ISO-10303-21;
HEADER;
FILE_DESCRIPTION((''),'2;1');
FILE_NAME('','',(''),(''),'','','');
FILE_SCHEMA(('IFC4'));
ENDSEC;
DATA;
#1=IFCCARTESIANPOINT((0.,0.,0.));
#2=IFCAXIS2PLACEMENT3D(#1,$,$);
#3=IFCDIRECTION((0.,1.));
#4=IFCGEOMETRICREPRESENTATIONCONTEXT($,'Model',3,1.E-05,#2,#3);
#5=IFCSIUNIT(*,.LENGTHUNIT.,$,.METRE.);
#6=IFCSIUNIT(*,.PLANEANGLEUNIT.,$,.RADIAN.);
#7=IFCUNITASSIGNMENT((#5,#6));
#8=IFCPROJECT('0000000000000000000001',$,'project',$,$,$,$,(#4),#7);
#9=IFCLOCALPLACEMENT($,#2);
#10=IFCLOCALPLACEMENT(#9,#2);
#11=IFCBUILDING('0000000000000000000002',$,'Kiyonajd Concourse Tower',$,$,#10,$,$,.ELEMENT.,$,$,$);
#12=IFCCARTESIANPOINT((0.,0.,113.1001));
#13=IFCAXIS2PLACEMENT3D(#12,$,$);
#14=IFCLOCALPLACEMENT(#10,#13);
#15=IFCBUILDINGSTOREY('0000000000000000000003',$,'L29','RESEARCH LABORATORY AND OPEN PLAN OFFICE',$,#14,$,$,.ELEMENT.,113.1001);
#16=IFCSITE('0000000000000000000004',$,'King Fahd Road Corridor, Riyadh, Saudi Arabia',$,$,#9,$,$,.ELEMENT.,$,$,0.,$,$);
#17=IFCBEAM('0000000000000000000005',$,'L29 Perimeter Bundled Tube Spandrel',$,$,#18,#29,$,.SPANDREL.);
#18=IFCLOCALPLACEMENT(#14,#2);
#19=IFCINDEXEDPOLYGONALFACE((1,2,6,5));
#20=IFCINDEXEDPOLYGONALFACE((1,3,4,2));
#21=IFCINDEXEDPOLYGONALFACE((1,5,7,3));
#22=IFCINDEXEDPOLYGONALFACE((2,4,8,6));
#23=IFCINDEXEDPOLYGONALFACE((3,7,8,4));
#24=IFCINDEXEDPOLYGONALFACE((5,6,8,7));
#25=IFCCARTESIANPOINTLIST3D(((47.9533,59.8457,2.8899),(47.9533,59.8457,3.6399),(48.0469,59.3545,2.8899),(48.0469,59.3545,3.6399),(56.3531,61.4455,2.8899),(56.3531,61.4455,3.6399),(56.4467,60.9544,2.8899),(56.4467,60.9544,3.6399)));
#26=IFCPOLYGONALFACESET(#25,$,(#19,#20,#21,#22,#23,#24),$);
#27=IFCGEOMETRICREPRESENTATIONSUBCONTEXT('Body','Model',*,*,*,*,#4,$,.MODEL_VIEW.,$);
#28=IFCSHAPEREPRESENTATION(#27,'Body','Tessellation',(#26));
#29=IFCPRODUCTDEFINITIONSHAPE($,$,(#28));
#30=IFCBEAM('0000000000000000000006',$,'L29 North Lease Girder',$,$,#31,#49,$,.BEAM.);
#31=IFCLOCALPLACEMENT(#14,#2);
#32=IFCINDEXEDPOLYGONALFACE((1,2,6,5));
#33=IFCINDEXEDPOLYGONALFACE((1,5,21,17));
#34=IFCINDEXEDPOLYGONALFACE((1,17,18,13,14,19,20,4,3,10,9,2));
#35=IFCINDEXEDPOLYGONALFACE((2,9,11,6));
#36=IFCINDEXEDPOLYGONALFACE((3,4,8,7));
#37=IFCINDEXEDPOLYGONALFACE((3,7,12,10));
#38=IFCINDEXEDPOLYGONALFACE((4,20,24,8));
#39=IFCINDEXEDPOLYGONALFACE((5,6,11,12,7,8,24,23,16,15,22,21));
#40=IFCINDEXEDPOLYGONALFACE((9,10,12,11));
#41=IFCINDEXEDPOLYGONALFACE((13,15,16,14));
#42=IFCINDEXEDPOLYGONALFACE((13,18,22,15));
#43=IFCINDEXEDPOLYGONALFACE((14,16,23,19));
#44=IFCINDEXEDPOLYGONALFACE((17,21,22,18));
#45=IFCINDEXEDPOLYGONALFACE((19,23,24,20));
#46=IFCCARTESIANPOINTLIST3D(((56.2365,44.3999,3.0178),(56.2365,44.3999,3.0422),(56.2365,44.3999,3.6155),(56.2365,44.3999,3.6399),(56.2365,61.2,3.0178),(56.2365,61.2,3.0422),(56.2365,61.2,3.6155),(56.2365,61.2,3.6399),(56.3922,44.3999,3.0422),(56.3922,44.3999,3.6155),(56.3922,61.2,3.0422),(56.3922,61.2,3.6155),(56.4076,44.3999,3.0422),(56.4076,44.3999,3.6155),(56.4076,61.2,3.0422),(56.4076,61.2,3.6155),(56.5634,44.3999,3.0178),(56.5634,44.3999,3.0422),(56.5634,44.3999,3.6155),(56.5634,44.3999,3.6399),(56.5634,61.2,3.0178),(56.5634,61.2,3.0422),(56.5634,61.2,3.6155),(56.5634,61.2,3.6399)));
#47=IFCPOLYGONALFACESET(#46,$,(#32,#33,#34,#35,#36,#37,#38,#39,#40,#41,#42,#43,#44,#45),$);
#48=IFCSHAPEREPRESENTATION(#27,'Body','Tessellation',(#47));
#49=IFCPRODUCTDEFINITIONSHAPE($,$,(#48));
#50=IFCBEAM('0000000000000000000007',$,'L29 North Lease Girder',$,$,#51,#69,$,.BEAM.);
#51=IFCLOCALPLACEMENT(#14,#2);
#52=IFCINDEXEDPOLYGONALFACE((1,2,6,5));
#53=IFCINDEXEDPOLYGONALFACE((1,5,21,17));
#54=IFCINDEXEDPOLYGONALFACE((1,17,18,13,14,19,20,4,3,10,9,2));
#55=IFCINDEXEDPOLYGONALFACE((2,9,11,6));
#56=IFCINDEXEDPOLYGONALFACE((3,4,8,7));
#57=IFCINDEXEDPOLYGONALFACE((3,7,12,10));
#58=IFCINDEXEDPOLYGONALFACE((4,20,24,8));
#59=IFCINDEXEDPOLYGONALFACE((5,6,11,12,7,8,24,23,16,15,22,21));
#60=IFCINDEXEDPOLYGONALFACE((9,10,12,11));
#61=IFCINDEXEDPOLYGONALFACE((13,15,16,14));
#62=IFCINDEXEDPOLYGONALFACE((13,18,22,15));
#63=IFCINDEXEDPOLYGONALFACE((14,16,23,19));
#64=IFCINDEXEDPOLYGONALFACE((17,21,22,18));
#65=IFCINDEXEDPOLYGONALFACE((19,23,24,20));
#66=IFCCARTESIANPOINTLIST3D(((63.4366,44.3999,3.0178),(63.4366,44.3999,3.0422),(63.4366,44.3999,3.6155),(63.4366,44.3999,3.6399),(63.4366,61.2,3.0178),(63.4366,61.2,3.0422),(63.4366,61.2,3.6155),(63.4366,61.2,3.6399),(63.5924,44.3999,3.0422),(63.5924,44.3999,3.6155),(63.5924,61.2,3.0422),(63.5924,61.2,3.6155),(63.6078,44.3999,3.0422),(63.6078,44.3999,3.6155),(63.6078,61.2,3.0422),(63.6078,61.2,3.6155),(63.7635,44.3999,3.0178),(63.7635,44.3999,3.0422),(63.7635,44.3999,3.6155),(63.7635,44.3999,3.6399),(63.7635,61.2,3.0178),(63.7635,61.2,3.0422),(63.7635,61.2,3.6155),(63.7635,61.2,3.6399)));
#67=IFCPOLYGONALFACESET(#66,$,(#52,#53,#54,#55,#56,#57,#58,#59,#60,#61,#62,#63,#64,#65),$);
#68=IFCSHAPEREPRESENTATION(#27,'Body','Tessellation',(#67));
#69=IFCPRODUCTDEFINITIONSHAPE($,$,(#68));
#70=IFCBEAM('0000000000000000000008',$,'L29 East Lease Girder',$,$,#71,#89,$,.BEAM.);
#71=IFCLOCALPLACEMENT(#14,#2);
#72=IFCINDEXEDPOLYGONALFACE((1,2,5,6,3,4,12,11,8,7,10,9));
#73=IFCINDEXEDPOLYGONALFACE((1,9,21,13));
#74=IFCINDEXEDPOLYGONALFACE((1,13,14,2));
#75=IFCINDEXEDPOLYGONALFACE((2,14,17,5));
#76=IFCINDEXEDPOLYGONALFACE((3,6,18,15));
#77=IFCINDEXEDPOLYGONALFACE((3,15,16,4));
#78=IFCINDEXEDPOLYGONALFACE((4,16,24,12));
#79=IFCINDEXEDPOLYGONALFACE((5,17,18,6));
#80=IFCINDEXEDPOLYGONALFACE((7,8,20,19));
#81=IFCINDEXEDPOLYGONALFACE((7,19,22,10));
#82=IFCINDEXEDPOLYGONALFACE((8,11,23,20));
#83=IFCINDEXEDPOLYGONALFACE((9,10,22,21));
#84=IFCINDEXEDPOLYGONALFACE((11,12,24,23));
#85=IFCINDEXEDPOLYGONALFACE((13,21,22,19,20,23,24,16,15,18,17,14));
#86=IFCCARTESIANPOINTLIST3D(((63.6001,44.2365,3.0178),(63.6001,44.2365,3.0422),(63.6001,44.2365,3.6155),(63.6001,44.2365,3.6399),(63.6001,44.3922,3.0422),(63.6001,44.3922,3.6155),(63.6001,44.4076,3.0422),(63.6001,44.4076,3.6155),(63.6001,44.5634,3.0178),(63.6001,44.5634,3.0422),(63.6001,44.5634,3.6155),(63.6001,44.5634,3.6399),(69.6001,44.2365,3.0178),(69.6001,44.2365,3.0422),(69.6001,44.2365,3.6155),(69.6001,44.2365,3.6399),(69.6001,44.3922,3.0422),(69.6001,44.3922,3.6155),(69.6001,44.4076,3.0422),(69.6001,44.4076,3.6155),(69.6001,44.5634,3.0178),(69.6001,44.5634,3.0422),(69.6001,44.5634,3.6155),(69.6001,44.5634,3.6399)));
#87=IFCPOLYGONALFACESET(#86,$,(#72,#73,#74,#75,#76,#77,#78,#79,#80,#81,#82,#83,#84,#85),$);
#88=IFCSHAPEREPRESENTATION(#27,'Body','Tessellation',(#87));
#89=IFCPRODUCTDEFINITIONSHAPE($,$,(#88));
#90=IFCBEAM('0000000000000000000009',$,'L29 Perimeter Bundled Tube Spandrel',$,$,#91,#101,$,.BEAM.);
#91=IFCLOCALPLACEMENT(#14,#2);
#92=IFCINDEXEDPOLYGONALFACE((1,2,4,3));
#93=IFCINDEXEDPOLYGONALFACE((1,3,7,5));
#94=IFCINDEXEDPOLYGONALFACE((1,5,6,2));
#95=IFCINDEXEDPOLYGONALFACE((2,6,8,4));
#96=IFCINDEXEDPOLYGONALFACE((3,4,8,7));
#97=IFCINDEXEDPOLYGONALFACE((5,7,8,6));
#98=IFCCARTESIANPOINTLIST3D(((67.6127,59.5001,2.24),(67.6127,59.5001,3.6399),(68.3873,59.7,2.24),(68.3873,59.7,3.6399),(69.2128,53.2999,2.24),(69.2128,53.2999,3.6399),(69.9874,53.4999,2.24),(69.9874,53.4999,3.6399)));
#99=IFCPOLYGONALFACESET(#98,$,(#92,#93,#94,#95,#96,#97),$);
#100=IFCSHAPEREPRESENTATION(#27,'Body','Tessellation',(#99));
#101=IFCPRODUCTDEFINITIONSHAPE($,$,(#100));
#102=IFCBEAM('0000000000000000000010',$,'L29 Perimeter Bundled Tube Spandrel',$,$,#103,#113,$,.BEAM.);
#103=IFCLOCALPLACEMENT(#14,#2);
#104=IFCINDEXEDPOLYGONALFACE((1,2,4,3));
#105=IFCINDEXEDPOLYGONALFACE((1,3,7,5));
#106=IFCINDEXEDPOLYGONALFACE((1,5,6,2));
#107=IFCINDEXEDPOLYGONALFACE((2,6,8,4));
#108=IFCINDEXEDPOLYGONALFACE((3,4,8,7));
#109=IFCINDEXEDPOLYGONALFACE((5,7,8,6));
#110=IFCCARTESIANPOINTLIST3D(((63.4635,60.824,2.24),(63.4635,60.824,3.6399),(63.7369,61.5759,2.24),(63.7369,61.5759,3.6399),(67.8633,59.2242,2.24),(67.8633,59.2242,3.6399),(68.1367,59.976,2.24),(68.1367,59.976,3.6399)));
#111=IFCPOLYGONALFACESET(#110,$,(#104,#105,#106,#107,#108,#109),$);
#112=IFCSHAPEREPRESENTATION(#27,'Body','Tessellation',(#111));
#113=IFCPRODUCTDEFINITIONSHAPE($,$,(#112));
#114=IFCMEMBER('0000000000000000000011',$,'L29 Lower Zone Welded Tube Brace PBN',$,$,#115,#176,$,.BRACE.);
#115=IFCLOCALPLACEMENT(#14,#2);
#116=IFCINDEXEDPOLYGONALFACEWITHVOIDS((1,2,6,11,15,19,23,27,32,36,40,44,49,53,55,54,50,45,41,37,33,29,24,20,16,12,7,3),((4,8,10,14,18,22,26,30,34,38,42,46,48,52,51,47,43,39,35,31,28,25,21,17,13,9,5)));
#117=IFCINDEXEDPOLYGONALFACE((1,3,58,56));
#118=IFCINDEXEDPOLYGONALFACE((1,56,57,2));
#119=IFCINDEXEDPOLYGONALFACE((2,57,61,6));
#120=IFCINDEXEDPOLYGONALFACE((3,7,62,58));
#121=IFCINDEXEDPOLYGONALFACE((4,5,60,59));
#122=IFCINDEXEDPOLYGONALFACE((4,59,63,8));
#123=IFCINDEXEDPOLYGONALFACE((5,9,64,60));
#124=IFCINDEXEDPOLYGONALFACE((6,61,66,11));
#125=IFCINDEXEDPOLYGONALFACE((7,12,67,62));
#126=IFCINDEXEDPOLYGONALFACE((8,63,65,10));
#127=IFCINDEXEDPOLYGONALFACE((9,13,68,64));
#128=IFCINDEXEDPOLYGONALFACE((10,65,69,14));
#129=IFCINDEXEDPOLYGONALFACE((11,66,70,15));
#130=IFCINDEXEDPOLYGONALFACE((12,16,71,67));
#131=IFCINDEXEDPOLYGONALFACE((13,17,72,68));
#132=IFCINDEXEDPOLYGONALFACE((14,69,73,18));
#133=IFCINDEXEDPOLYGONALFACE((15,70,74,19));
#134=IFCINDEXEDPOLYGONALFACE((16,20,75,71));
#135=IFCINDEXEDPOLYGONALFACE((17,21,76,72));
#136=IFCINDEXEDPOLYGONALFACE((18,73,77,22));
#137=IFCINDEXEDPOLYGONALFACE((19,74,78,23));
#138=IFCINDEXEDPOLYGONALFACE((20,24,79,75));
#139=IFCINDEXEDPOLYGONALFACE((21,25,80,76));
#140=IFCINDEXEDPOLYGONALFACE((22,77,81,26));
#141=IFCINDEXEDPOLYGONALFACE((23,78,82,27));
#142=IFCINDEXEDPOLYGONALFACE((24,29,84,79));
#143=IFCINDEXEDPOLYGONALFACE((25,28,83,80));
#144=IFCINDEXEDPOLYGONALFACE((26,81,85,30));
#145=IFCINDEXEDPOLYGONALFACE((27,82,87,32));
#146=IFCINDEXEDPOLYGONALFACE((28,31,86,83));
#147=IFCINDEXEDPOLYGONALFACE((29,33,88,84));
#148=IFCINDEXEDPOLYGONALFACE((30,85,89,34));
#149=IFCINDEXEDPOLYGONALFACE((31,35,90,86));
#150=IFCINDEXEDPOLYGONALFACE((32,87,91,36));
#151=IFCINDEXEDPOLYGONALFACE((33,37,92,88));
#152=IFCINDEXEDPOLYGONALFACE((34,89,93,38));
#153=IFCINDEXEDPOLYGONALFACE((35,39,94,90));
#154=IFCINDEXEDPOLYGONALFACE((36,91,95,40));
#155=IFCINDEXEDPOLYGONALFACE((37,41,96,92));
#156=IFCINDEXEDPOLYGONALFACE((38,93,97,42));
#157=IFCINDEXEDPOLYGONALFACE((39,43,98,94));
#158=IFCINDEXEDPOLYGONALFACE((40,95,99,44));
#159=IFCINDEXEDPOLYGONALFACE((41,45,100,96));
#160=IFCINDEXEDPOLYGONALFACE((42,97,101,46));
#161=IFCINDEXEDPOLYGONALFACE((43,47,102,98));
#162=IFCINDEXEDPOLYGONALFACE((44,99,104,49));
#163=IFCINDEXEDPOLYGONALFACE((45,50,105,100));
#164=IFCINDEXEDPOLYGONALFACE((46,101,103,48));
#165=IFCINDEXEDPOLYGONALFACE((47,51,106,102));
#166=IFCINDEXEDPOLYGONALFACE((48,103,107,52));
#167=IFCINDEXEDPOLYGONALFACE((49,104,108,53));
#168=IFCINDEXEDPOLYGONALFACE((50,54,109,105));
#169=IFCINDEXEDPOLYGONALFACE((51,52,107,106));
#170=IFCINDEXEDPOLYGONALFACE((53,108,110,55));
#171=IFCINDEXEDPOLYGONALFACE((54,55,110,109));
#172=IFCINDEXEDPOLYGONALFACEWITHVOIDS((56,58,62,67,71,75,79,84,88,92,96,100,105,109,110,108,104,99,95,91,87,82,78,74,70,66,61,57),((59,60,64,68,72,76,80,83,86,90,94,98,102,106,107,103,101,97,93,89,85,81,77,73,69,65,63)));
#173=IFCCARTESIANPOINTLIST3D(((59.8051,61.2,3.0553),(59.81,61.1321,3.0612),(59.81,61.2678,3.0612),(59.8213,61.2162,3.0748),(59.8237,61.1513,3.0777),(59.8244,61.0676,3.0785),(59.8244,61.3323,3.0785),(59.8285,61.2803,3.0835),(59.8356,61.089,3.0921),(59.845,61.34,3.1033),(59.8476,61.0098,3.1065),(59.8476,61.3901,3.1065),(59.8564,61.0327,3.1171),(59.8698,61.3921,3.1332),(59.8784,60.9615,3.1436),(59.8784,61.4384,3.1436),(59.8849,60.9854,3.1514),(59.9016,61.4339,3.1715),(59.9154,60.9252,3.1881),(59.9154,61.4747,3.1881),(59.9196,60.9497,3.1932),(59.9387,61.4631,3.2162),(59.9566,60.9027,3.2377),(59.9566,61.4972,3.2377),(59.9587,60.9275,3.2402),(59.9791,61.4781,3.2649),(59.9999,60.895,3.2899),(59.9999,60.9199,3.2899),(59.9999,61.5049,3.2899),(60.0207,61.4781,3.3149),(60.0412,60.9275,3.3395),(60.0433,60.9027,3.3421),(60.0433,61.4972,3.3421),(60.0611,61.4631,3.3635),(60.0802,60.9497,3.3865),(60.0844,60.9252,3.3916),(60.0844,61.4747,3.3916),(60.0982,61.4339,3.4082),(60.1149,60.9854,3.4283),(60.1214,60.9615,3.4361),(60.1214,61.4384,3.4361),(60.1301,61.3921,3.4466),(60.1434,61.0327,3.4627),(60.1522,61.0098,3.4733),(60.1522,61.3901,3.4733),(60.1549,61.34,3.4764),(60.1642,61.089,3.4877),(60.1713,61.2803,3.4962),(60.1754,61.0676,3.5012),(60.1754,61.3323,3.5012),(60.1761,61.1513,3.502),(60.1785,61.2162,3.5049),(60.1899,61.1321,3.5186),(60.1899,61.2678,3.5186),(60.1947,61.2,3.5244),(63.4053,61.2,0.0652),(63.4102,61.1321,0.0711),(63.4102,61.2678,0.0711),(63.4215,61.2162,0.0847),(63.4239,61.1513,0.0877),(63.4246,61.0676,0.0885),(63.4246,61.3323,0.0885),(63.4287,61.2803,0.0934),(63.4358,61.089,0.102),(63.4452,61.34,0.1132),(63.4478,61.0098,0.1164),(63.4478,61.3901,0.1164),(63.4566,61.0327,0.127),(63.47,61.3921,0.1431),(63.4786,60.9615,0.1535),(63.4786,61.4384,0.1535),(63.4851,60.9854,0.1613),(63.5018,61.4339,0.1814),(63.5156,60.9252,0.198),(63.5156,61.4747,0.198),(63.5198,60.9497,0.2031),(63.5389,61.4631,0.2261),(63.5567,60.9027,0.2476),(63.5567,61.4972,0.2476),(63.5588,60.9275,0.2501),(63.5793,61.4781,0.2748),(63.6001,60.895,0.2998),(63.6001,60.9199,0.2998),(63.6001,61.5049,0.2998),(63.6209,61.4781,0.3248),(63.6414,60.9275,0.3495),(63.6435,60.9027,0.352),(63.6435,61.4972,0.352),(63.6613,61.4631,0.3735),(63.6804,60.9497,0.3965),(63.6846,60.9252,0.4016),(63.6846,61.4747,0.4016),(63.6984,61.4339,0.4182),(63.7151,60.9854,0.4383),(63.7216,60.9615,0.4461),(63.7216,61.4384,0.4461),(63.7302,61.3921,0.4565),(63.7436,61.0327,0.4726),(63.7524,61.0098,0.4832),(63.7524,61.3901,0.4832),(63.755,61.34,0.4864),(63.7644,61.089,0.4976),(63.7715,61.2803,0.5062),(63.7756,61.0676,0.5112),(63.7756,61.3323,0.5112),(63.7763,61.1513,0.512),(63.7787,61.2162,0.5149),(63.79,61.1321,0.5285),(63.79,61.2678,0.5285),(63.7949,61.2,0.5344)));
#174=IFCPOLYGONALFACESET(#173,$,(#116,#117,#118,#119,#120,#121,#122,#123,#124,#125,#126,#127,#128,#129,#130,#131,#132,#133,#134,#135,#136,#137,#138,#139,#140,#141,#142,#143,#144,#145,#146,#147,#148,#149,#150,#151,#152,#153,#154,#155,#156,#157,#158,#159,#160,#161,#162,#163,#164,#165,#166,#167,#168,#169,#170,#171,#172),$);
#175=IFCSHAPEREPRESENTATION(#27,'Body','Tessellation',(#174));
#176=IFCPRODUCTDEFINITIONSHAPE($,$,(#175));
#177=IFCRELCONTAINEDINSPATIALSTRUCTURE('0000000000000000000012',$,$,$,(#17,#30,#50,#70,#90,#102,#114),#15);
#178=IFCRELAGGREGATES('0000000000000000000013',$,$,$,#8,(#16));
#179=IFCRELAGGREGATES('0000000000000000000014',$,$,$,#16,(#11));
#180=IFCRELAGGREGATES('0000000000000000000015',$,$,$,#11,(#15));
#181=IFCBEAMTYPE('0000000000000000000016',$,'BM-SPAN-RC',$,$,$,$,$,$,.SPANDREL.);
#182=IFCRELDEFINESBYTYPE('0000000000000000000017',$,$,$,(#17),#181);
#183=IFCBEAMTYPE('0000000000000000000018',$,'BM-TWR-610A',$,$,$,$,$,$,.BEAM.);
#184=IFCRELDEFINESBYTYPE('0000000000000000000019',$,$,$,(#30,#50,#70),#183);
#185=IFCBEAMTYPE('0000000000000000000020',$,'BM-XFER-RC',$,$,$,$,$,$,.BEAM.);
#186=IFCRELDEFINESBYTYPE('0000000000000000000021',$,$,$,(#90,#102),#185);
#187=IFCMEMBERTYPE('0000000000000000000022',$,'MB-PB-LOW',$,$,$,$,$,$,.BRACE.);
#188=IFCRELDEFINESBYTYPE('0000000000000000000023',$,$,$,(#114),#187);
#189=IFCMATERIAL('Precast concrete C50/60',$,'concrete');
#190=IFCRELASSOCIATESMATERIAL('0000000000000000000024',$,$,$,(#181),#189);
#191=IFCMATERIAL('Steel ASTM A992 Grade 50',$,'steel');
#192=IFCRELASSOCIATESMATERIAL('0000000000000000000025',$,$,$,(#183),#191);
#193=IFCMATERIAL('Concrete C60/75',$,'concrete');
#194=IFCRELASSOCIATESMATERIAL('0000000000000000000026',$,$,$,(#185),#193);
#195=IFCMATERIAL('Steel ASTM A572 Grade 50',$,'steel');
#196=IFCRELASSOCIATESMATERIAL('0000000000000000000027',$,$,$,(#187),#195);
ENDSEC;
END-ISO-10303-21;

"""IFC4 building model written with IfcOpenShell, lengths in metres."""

from ifc_helpers import new_model, si_unit, direction, frame, origin, origin_2d, place, context, subcontext, project, spatial, rectangle, hollow_circle, i_section, extrude, material, material_profile, profile_set, type_object, element, save


model = new_model("IFC4")

# Units and contexts
model_context = context("Model", 3, precision=1e-05, world=origin(), true_north=direction((0.0, 1.0)))
body_context = subcontext(model_context, "Body", "Model", "MODEL_VIEW")
ifc_project = project(units=[si_unit("LENGTHUNIT", "METRE"), si_unit("PLANEANGLEUNIT", "RADIAN")], contexts=[model_context])

# Site, building, storey
site_placement = place(None, origin())
site = spatial("IfcSite", under=ifc_project, at=site_placement, Name="King Fahd Road Corridor, Riyadh, Saudi Arabia", CompositionType="ELEMENT", RefElevation=0.0)
building_placement = place(site_placement, origin())
building = spatial("IfcBuilding", under=site, at=building_placement, Name="Kiyonajd Concourse Tower", CompositionType="ELEMENT")
storey_placement = place(building_placement, frame((0.0, 0.0, 113.1001)))
storey = spatial("IfcBuildingStorey", under=building, at=storey_placement, Name="L29", Description="RESEARCH LABORATORY AND OPEN PLAN OFFICE", CompositionType="ELEMENT", Elevation=113.1001)

# Beams
ifc_material_1 = material(Name="Steel ASTM A992 Grade 50", Category="steel")
ifc_material_2 = material(Name="Precast concrete C50/60", Category="concrete")
ifc_material_profile_1 = material_profile(ifc_material_2, rectangle(XDim=0.5, YDim=0.75, at=origin_2d()), Name="RCBM-500x750")
ifc_profile_set_1 = profile_set([ifc_material_profile_1], Name="Precast concrete C50/60")
beam_type_1 = type_object("IfcBeamType", Name="BM-SPAN-RC", PredefinedType="SPANDREL", material=ifc_profile_set_1)
beam_1_placement = place(storey_placement, frame((56.3999, 61.2, 3.2649), z_axis=(-0.982341, -0.187098, 0.0), x_axis=(0.187098, -0.982341, 0.0)))
element("IfcBeam", 1, at=beam_1_placement, inside=storey, type_object=beam_type_1, Name="L29 Perimeter Bundled Tube Spandrel", PredefinedType="SPANDREL", context=body_context, shape_type="SweptSolid", body=[
    extrude(rectangle(XDim=0.5, YDim=0.75, at=origin_2d()), origin(), (0.0, 0.0, 1.0), 8.5508),
])
ifc_material_profile_2 = material_profile(ifc_material_1, i_section(OverallWidth=0.3269, OverallDepth=0.6221, WebThickness=0.0154, FlangeThickness=0.0244, at=origin_2d()), Name="W610X195")
ifc_profile_set_2 = profile_set([ifc_material_profile_2], Name="Steel ASTM A992 Grade 50")
beam_type_2 = type_object("IfcBeamType", Name="BM-TWR-610A", PredefinedType="BEAM", material=ifc_profile_set_2)
for number, where, z_axis, x_axis, name in (
    (2, (56.3999, 44.3999, 3.3289), (0.0, 1.0, 0.0), (-1.0, 0.0, 0.0), "L29 North Lease Girder"),
    (3, (63.6001, 44.3999, 3.3289), (0.0, 1.0, 0.0), (-1.0, 0.0, 0.0), "L29 North Lease Girder"),
):
    element("IfcBeam", number, at=place(storey_placement, frame(where, z_axis=z_axis, x_axis=x_axis)), inside=storey, type_object=beam_type_2, Name=name, PredefinedType="BEAM", context=body_context, shape_type="SweptSolid", body=[
        extrude(i_section(OverallWidth=0.3269, OverallDepth=0.6221, WebThickness=0.0154, FlangeThickness=0.0244, at=origin_2d()), origin(), (0.0, 0.0, 1.0), 16.8),
    ])
beam_2_placement = place(storey_placement, frame((63.6001, 44.3999, 3.3289), z_axis=(1.0, 0.0, 0.0), x_axis=(0.0, 1.0, 0.0)))
element("IfcBeam", 4, at=beam_2_placement, inside=storey, type_object=beam_type_2, Name="L29 East Lease Girder", PredefinedType="BEAM", context=body_context, shape_type="SweptSolid", body=[
    extrude(i_section(OverallWidth=0.3269, OverallDepth=0.6221, WebThickness=0.0154, FlangeThickness=0.0244, at=origin_2d()), origin(), (0.0, 0.0, 1.0), 6.0),
])
ifc_material_3 = material(Name="Concrete C60/75", Category="concrete")
ifc_material_profile_3 = material_profile(ifc_material_3, rectangle(XDim=0.8, YDim=1.3999, at=origin_2d()), Name="RCBM-800x1400")
ifc_profile_set_3 = profile_set([ifc_material_profile_3], Name="Concrete C60/75")
beam_type_3 = type_object("IfcBeamType", Name="BM-XFER-RC", PredefinedType="BEAM", material=ifc_profile_set_3)
beam_3_placement = place(storey_placement, frame((69.6001, 53.3999, 2.9399), z_axis=(-0.249885, 0.968276, 0.0), x_axis=(-0.968276, -0.249885, 0.0)))
element("IfcBeam", 5, at=beam_3_placement, inside=storey, type_object=beam_type_3, Name="L29 Perimeter Bundled Tube Spandrel", PredefinedType="BEAM", context=body_context, shape_type="SweptSolid", body=[
    extrude(rectangle(XDim=0.8, YDim=1.3999, at=origin_2d()), origin(), (0.0, 0.0, 1.0), 6.4033),
])
beam_4_placement = place(storey_placement, frame((68.0, 59.6001, 2.9399), z_axis=(-0.939801, 0.341722, 0.0), x_axis=(-0.341722, -0.939801, 0.0)))
element("IfcBeam", 6, at=beam_4_placement, inside=storey, type_object=beam_type_3, Name="L29 Perimeter Bundled Tube Spandrel", PredefinedType="BEAM", context=body_context, shape_type="SweptSolid", body=[
    extrude(rectangle(XDim=0.8, YDim=1.3999, at=origin_2d()), origin(), (0.0, 0.0, 1.0), 4.6816),
])

# Member
ifc_material_4 = material(Name="Steel ASTM A572 Grade 50", Category="steel")
ifc_material_profile_4 = material_profile(ifc_material_4, hollow_circle(Radius=0.3049, WallThickness=0.0249, at=origin_2d()), Name="CHS-610x25")
ifc_profile_set_4 = profile_set([ifc_material_profile_4], Name="Steel ASTM A572 Grade 50")
member_type = type_object("IfcMemberType", Name="MB-PB-LOW", PredefinedType="BRACE", material=ifc_profile_set_4)
member_1_placement = place(storey_placement, frame((63.6001, 61.2, 0.2998), z_axis=(-0.769281, 0.0, 0.638911), x_axis=(0.0, -1.0, 0.0)))
element("IfcMember", 7, at=member_1_placement, inside=storey, type_object=member_type, Name="L29 Lower Zone Welded Tube Brace PBN", PredefinedType="BRACE", context=body_context, shape_type="SweptSolid", body=[
    extrude(hollow_circle(Radius=0.3049, WallThickness=0.0249, at=origin_2d()), origin(), (0.0, 0.0, 1.0), 4.6799),
])

save(model, "model.ifc")
